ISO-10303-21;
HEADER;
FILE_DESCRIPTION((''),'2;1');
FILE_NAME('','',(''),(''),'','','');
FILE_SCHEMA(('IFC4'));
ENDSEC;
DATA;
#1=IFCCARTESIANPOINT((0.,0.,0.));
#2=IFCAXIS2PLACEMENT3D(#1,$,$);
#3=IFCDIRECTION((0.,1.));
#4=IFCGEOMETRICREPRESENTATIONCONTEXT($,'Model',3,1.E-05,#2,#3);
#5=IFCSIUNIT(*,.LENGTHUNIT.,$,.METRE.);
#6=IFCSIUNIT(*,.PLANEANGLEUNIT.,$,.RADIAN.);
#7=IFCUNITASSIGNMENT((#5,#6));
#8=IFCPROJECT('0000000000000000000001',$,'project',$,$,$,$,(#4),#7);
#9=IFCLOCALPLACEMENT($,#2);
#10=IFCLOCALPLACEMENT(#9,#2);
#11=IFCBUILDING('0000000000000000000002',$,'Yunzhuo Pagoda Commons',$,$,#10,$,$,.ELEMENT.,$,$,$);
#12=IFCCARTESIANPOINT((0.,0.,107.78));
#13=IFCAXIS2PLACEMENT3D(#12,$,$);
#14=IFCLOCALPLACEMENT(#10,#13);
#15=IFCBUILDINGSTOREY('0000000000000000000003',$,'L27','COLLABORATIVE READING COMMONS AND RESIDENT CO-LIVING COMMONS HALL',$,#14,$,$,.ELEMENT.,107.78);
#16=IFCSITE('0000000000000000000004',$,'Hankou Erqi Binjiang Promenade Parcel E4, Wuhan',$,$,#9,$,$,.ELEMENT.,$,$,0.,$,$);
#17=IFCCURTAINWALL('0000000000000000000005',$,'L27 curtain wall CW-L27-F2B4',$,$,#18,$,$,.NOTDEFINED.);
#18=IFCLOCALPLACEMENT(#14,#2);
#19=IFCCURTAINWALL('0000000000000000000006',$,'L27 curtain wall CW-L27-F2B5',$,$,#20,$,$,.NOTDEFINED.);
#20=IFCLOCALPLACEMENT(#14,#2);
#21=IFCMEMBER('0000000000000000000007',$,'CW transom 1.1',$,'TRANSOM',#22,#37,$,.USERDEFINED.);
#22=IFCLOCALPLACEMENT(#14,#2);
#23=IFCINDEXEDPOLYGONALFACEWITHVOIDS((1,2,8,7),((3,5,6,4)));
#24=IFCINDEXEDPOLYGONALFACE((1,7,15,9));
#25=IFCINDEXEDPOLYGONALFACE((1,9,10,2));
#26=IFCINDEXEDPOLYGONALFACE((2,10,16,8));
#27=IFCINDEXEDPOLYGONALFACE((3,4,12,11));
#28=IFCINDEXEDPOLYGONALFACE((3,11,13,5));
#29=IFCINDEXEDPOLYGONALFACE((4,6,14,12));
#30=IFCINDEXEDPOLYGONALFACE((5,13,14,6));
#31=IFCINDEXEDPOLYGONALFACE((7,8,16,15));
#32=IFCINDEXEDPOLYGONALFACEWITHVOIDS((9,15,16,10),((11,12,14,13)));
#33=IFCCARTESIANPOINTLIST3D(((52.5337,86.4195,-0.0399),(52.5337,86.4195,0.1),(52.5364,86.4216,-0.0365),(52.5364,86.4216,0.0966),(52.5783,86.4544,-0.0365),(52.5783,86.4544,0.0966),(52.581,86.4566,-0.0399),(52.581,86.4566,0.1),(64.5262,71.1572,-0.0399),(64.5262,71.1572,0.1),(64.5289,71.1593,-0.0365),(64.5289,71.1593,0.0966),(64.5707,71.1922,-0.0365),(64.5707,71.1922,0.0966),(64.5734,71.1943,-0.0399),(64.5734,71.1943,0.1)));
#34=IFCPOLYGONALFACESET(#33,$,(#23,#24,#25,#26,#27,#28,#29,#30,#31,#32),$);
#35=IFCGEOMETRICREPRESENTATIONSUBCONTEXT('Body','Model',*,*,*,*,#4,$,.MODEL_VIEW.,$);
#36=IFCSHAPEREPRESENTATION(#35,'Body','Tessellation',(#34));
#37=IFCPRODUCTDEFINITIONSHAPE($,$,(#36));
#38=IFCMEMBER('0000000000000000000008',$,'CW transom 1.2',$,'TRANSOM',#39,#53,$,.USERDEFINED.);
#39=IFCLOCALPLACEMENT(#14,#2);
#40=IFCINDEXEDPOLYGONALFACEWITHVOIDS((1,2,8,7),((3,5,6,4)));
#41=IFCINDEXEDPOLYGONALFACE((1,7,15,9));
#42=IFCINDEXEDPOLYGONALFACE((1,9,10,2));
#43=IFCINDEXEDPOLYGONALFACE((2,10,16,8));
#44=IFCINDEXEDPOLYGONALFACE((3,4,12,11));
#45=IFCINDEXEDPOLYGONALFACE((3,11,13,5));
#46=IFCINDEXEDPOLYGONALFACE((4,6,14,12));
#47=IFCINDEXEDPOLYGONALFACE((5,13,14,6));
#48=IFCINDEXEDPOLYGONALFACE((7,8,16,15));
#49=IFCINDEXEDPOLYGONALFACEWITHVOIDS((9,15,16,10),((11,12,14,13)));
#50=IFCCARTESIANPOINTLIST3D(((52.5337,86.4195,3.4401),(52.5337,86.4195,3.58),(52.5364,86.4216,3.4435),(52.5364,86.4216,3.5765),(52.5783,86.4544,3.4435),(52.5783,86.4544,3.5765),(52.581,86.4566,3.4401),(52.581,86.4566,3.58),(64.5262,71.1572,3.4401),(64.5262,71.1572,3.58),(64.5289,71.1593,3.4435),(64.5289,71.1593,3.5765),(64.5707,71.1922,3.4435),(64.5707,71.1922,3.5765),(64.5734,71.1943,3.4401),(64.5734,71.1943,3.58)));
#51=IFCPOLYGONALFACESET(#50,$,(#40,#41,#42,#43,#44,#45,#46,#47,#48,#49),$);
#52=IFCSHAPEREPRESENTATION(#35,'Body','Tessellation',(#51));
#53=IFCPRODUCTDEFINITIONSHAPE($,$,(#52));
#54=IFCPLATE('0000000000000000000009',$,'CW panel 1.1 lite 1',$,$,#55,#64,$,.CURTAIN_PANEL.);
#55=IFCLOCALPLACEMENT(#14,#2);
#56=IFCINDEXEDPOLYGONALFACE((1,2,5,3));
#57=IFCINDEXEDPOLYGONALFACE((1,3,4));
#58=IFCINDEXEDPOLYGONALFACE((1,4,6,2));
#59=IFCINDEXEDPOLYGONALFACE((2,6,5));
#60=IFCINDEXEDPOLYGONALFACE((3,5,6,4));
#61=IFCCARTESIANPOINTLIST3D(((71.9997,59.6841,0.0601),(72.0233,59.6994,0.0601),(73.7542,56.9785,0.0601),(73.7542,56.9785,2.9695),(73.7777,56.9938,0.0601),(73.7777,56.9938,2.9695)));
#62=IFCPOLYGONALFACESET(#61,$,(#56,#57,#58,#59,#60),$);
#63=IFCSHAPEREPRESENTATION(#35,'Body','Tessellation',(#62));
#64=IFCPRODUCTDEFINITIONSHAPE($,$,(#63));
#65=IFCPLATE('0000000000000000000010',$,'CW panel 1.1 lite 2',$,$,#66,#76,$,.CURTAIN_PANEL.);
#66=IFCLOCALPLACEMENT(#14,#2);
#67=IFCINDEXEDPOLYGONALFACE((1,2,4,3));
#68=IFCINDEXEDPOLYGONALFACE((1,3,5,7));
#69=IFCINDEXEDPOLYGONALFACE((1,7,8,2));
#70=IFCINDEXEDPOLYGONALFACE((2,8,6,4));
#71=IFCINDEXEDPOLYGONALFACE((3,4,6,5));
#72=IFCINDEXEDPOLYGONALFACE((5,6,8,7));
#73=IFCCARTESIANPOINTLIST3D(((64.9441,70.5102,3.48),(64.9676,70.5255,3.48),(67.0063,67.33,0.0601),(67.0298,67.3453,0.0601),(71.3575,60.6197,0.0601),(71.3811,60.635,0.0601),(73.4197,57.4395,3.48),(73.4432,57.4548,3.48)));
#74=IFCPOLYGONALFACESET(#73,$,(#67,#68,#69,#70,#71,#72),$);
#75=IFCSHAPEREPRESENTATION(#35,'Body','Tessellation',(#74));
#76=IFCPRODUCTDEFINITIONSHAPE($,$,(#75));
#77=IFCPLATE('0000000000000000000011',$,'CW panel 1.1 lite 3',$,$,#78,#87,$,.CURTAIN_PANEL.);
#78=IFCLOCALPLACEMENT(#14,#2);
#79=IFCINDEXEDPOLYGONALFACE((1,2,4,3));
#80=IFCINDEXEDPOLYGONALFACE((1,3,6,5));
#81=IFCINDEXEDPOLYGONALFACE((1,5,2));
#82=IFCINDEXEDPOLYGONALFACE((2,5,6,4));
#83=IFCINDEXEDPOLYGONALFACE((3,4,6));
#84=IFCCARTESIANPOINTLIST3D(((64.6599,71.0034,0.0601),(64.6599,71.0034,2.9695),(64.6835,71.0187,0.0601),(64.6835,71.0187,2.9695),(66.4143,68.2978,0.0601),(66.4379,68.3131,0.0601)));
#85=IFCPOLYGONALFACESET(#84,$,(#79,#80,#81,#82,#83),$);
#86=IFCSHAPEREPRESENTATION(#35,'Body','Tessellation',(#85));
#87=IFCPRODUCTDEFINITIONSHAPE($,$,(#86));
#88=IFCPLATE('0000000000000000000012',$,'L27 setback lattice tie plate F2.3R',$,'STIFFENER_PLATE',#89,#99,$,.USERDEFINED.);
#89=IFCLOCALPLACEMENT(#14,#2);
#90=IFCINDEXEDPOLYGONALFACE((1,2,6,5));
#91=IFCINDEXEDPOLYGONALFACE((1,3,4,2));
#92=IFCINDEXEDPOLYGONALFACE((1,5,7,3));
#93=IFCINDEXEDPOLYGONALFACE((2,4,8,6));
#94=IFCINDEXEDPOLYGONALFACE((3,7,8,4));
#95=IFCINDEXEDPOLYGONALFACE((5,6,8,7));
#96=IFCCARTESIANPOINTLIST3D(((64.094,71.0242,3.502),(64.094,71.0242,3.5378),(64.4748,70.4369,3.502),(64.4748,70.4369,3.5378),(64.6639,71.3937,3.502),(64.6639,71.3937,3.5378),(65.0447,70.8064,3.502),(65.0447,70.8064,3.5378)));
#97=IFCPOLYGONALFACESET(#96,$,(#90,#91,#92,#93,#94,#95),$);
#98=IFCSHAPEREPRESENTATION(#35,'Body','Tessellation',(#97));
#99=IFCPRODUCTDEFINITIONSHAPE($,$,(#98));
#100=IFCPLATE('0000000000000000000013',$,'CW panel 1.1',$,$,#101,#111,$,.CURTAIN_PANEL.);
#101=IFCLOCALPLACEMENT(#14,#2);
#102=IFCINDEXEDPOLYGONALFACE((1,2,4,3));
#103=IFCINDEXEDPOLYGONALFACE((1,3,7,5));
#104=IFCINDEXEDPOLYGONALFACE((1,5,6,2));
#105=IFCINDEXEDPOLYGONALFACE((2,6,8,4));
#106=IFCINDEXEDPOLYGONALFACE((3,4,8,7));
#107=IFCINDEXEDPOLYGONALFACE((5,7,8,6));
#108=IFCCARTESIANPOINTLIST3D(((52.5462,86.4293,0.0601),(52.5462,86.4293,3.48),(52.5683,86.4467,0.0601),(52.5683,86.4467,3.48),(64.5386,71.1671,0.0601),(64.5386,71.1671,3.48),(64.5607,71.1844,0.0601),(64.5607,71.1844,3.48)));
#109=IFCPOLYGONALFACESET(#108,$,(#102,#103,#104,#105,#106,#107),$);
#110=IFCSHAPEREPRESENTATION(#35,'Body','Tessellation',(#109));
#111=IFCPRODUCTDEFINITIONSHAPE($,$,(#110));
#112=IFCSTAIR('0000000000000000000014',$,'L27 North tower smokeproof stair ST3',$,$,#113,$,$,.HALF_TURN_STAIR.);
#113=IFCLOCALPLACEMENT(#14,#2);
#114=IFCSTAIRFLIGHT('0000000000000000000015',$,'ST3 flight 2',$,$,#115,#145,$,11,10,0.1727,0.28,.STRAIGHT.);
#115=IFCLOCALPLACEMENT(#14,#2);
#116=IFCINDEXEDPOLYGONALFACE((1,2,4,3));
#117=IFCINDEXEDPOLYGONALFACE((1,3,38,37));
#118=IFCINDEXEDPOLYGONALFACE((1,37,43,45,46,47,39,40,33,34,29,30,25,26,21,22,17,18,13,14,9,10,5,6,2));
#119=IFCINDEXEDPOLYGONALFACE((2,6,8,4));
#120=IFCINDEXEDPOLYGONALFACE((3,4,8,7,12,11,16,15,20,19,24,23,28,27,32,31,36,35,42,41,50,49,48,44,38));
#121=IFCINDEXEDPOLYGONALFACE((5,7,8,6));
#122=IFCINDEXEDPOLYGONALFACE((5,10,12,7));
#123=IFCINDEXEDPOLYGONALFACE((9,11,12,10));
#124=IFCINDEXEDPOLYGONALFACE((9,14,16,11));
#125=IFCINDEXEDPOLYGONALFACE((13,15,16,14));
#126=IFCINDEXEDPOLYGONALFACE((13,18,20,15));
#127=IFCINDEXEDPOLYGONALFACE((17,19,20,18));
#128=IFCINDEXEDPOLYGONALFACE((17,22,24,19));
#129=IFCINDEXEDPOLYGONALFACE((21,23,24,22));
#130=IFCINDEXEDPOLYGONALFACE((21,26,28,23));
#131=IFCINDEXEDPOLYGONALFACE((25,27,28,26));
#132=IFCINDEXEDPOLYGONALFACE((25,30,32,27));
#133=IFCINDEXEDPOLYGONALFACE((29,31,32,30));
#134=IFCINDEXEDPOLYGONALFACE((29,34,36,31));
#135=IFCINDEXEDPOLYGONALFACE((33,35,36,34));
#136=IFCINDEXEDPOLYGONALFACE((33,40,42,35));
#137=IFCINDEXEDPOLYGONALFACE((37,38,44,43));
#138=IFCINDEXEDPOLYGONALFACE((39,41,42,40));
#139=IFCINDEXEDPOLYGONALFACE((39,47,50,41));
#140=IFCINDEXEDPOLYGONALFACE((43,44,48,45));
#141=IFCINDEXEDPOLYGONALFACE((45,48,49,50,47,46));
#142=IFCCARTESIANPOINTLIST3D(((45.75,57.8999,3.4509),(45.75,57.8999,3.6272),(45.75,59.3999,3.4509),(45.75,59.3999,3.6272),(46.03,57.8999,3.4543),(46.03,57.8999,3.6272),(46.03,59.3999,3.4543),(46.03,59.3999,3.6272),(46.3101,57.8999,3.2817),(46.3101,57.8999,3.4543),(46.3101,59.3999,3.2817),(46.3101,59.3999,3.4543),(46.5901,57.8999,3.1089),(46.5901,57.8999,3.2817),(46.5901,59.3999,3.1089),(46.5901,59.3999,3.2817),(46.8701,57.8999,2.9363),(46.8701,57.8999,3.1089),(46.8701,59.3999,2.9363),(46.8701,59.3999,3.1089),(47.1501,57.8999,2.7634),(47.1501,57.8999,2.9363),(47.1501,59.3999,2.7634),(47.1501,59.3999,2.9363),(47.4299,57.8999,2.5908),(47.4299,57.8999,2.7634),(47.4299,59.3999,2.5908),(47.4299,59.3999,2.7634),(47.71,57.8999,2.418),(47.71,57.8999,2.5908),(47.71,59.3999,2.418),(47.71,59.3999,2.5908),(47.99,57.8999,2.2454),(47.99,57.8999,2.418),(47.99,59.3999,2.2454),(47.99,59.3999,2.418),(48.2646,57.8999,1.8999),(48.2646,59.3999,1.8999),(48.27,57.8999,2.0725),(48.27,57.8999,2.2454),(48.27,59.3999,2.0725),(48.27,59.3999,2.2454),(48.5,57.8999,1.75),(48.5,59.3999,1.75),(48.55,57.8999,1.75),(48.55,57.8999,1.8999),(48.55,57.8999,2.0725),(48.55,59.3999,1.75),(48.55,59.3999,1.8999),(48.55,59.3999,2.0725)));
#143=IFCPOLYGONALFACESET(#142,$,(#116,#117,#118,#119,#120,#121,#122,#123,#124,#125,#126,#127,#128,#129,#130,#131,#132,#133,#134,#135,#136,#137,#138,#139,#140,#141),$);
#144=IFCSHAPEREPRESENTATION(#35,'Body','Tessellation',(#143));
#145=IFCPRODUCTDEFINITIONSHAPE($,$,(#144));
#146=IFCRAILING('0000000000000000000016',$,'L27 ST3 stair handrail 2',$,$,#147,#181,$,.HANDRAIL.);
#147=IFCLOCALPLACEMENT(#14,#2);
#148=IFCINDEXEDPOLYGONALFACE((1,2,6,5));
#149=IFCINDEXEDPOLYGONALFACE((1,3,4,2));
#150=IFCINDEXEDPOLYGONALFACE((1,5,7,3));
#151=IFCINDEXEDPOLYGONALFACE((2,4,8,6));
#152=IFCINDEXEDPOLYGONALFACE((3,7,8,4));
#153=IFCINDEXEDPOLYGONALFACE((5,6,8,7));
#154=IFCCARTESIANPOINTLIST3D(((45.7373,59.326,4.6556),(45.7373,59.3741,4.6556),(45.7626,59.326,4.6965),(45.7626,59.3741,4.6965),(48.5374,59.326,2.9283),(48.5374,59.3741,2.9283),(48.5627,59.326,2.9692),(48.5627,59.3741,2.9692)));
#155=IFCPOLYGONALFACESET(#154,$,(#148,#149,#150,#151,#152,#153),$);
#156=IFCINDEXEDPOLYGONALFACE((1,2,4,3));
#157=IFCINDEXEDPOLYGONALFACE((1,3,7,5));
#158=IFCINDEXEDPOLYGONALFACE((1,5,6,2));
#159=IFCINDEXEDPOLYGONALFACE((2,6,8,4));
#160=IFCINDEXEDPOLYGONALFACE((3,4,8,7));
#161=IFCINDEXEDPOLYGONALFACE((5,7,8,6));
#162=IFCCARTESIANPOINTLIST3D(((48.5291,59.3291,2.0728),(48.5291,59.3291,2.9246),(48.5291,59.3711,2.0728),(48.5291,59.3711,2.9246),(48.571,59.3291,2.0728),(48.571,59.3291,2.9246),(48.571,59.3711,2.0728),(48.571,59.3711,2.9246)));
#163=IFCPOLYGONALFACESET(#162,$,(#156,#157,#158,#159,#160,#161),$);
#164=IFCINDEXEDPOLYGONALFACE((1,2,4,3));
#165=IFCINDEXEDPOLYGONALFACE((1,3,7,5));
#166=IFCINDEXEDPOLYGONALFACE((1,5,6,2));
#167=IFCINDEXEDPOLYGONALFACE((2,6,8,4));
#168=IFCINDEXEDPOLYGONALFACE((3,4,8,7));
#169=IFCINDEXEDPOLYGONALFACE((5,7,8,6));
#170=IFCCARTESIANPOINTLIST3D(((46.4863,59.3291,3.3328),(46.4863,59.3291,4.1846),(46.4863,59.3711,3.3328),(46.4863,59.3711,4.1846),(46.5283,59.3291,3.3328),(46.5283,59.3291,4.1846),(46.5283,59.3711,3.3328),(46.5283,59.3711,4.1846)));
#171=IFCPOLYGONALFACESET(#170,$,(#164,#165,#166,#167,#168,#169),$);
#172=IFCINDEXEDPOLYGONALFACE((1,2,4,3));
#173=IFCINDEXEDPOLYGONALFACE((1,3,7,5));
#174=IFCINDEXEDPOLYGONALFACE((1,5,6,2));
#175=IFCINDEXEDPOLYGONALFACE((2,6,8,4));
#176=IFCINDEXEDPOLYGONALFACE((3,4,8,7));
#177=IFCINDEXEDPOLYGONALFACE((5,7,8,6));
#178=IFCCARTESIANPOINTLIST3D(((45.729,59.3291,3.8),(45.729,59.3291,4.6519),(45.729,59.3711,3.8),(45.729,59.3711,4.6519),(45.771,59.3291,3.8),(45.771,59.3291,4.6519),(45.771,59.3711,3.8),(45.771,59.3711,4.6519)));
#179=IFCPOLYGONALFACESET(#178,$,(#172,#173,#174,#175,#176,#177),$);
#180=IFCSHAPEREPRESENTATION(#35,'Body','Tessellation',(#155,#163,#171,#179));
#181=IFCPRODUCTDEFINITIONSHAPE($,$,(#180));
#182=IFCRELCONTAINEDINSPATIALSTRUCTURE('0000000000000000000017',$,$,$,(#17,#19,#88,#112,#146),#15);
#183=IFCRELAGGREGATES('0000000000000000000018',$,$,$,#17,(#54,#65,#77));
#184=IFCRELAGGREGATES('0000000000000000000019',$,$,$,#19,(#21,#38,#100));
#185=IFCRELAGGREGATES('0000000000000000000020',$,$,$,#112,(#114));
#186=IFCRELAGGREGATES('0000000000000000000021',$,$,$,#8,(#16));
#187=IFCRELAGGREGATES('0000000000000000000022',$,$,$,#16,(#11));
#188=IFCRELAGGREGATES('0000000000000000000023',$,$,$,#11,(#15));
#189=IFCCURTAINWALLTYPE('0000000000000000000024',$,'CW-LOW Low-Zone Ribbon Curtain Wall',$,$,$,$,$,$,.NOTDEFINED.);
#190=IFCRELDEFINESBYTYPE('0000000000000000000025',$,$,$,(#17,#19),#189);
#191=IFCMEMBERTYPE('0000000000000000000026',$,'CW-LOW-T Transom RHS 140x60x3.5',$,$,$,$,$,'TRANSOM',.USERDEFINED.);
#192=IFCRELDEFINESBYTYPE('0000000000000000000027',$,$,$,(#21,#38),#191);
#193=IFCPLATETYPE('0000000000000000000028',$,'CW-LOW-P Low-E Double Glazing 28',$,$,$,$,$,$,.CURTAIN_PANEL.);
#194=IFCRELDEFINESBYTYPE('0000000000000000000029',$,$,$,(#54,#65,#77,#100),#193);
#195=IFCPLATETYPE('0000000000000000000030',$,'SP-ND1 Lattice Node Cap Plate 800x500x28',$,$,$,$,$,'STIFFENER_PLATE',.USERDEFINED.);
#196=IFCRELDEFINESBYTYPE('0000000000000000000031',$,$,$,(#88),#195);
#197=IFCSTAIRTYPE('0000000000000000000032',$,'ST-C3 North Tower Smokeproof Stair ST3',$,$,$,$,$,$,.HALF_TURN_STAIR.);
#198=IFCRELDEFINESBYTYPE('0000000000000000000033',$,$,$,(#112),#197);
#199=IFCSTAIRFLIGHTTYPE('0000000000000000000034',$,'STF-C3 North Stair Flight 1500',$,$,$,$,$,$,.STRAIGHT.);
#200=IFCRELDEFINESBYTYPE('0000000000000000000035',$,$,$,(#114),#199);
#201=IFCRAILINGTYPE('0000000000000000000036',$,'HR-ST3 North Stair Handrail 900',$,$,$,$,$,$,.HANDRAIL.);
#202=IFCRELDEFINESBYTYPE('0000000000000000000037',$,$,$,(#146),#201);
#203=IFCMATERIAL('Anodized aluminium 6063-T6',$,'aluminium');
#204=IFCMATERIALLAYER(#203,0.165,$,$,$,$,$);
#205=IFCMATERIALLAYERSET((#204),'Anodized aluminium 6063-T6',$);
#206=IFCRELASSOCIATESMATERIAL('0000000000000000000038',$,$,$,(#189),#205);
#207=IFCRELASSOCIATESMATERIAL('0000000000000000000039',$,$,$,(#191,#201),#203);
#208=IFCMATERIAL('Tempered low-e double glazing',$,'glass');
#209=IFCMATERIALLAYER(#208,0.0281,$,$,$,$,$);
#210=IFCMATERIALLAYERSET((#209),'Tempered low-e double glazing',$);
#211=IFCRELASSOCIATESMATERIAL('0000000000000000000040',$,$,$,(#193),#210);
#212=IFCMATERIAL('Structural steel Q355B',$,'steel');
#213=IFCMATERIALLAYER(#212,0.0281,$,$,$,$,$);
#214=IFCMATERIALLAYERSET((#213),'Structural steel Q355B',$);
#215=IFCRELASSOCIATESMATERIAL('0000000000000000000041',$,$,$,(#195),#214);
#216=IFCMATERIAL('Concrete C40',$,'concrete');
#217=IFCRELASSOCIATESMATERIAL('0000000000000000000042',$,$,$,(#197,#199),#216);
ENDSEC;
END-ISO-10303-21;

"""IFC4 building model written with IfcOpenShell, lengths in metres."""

from ifc_helpers import new_model, si_unit, direction, frame, origin, origin_2d, place, context, subcontext, project, spatial, polyline, rectangle, hollow_rectangle, outline, extrude, source, transform, mapped, material, layer, layer_set, material_profile, profile_set, type_object, element, aggregate, save


model = new_model("IFC4")

# Units and contexts
model_context = context("Model", 3, precision=1e-05, world=origin(), true_north=direction((0.0, 1.0)))
body_context = subcontext(model_context, "Body", "Model", "MODEL_VIEW")
ifc_project = project(units=[si_unit("LENGTHUNIT", "METRE"), si_unit("PLANEANGLEUNIT", "RADIAN")], contexts=[model_context])

# Site, building, storey
site_placement = place(None, origin())
site = spatial("IfcSite", under=ifc_project, at=site_placement, Name="Hankou Erqi Binjiang Promenade Parcel E4, Wuhan", CompositionType="ELEMENT", RefElevation=0.0)
building_placement = place(site_placement, origin())
building = spatial("IfcBuilding", under=site, at=building_placement, Name="Yunzhuo Pagoda Commons", CompositionType="ELEMENT")
storey_placement = place(building_placement, frame((0.0, 0.0, 107.78)))
storey = spatial("IfcBuildingStorey", under=building, at=storey_placement, Name="L27", Description="COLLABORATIVE READING COMMONS AND RESIDENT CO-LIVING COMMONS HALL", CompositionType="ELEMENT", Elevation=107.78)

# Shared definitions
ifc_material_1 = material(Name="Structural steel Q355B", Category="steel")

# Curtain wall
ifc_material_2 = material(Name="Anodized aluminium 6063-T6", Category="aluminium")
ifc_layer_1 = layer(ifc_material_2, 0.165)
ifc_layer_set_1 = layer_set([ifc_layer_1], Name="Anodized aluminium 6063-T6")
curtain_wall_type = type_object("IfcCurtainWallType", Name="CW-LOW Low-Zone Ribbon Curtain Wall", PredefinedType="NOTDEFINED", material=ifc_layer_set_1)
curtain_wall_1_placement = place(storey_placement, origin())
curtain_wall_1 = element("IfcCurtainWall", 1, at=curtain_wall_1_placement, inside=storey, type_object=curtain_wall_type, Name="L27 curtain wall CW-L27-F2B4", PredefinedType="NOTDEFINED")

# Curtain wall, members
curtain_wall_2_placement = place(storey_placement, origin())
curtain_wall_2 = element("IfcCurtainWall", 2, at=curtain_wall_2_placement, inside=storey, type_object=curtain_wall_type, Name="L27 curtain wall CW-L27-F2B5", PredefinedType="NOTDEFINED")
ifc_material_profile_1 = material_profile(ifc_material_2, hollow_rectangle(XDim=0.0601, YDim=0.1399, WallThickness=0.0034, at=origin_2d()), Name="Anodized aluminium 6063-T6")
ifc_profile_set_1 = profile_set([ifc_material_profile_1], Name="Anodized aluminium 6063-T6")
member_type_1 = type_object("IfcMemberType", Name="CW-LOW-T Transom RHS 140x60x3.5", ElementType="TRANSOM", PredefinedType="USERDEFINED", material=ifc_profile_set_1)
shared_shape_1 = source(origin(), body_context, "Body", "SweptSolid", [
    extrude(hollow_rectangle(XDim=0.0601, YDim=0.1399, WallThickness=0.0034, at=origin_2d()), origin(), (0.0, 0.0, 1.0), 19.4102),
])
member_1_placement = place(storey_placement, frame((64.5498, 71.1758, 0.03), z_axis=(-0.617844, 0.786301, 0.0), x_axis=(-0.786301, -0.617844, 0.0)))
member_1 = element("IfcMember", 3, at=member_1_placement, type_object=member_type_1, Name="CW transom 1.1", ObjectType="TRANSOM", PredefinedType="USERDEFINED", context=body_context, shape_type="MappedRepresentation", body=[
    mapped(shared_shape_1, transform((0.0, 0.0, 0.0), scale=1.0)),
])
member_2_placement = place(storey_placement, frame((64.5498, 71.1758, 3.51), z_axis=(-0.617844, 0.786301, 0.0), x_axis=(-0.786301, -0.617844, 0.0)))
member_2 = element("IfcMember", 4, at=member_2_placement, type_object=member_type_1, Name="CW transom 1.2", ObjectType="TRANSOM", PredefinedType="USERDEFINED", context=body_context, shape_type="MappedRepresentation", body=[
    mapped(shared_shape_1, transform((0.0, 0.0, 0.0), scale=1.0)),
])

# Plates
ifc_material_3 = material(Name="Tempered low-e double glazing", Category="glass")
ifc_layer_2 = layer(ifc_material_3, 0.0281)
ifc_layer_set_2 = layer_set([ifc_layer_2], Name="Tempered low-e double glazing")
plate_type_1 = type_object("IfcPlateType", Name="CW-LOW-P Low-E Double Glazing 28", PredefinedType="CURTAIN_PANEL", material=ifc_layer_set_2)
plate_1_placement = place(storey_placement, frame((72.877, 58.3313, 1.5146), z_axis=(0.83904, 0.54407, 0.0), x_axis=(-0.54407, 0.83904, 0.0)))
plate_1 = element("IfcPlate", 5, at=plate_1_placement, type_object=plate_type_1, Name="CW panel 1.1 lite 1", PredefinedType="CURTAIN_PANEL", context=body_context, shape_type="SweptSolid", body=[
    extrude(outline(polyline([(-1.6123, -1.4546), (1.6123, -1.4546), (-1.6123, 1.4548), (-1.6123, -1.4546)])), origin(), (0.0, 0.0, 1.0), 0.0281),
])
plate_2_placement = place(storey_placement, frame((69.1819, 63.9749, 1.77), z_axis=(0.83904, 0.54407, 0.0), x_axis=(-0.54407, 0.83904, 0.0)))
plate_2 = element("IfcPlate", 6, at=plate_2_placement, type_object=plate_type_1, Name="CW panel 1.1 lite 2", PredefinedType="CURTAIN_PANEL", context=body_context, shape_type="SweptSolid", body=[
    extrude(outline(polyline([(-7.7891, 1.71), (-3.9988, -1.71), (3.9988, -1.71), (7.7891, 1.71), (-7.7891, 1.71)])), origin(), (0.0, 0.0, 1.0), 0.0281),
])
plate_3_placement = place(storey_placement, frame((65.5371, 69.6506, 1.5146), z_axis=(0.83904, 0.54407, 0.0), x_axis=(-0.54407, 0.83904, 0.0)))
plate_3 = element("IfcPlate", 7, at=plate_3_placement, type_object=plate_type_1, Name="CW panel 1.1 lite 3", PredefinedType="CURTAIN_PANEL", context=body_context, shape_type="SweptSolid", body=[
    extrude(outline(polyline([(-1.6123, -1.4546), (1.6123, -1.4546), (1.6123, 1.4548), (-1.6123, -1.4546)])), origin(), (0.0, 0.0, 1.0), 0.0281),
])
aggregate(curtain_wall_1, [plate_1, plate_2, plate_3])
ifc_layer_3 = layer(ifc_material_1, 0.0281)
ifc_layer_set_3 = layer_set([ifc_layer_3], Name="Structural steel Q355B")
plate_type_2 = type_object("IfcPlateType", Name="SP-ND1 Lattice Node Cap Plate 800x500x28", ElementType="STIFFENER_PLATE", PredefinedType="USERDEFINED", material=ifc_layer_set_3)
shared_shape_2 = source(origin(), body_context, "Body", "SweptSolid", [
    extrude(rectangle(XDim=0.7, YDim=0.6792, at=origin_2d()), origin(), (0.0, 0.0, 1.0), 0.0359),
])
plate_4_placement = place(storey_placement, frame((64.5693, 70.9153, 3.502), z_axis=(0.0, 0.0, 1.0), x_axis=(-0.544068, 0.839041, 0.0)))
element("IfcPlate", 8, at=plate_4_placement, inside=storey, type_object=plate_type_2, Name="L27 setback lattice tie plate F2.3R", ObjectType="STIFFENER_PLATE", PredefinedType="USERDEFINED", context=body_context, shape_type="MappedRepresentation", body=[
    mapped(shared_shape_2, transform((0.0, 0.0, 0.0), scale=1.0)),
])
shared_shape_3 = source(origin(), body_context, "Body", "SweptSolid", [
    extrude(rectangle(XDim=19.4102, YDim=0.0281, at=origin_2d()), origin(), (0.0, 0.0, 1.0), 3.4199),
])
plate_5_placement = place(storey_placement, frame((58.5535, 78.8069, 0.0601), z_axis=(0.0, 0.0, 1.0), x_axis=(-0.617843, 0.786301, 0.0)))
plate_5 = element("IfcPlate", 9, at=plate_5_placement, type_object=plate_type_1, Name="CW panel 1.1", PredefinedType="CURTAIN_PANEL", context=body_context, shape_type="MappedRepresentation", body=[
    mapped(shared_shape_3, transform((0.0, 0.0, 0.0), scale=1.0)),
])
aggregate(curtain_wall_2, [member_1, member_2, plate_5])

# Stair, stair flight
ifc_material_4 = material(Name="Concrete C40", Category="concrete")
stair_type = type_object("IfcStairType", Name="ST-C3 North Tower Smokeproof Stair ST3", PredefinedType="HALF_TURN_STAIR", material=ifc_material_4)
stair_placement = place(storey_placement, origin())
stair = element("IfcStair", 10, at=stair_placement, inside=storey, type_object=stair_type, Name="L27 North tower smokeproof stair ST3", PredefinedType="HALF_TURN_STAIR")
stair_flight_type = type_object("IfcStairFlightType", Name="STF-C3 North Stair Flight 1500", PredefinedType="STRAIGHT", material=ifc_material_4)
shared_shape_4 = source(origin(), body_context, "Body", "SweptSolid", [
    extrude(outline(polyline([(0.0, -0.1499), (0.0, 0.0), (0.0, 0.1726), (0.28, 0.1726), (0.28, 0.3455), (0.5601, 0.3455), (0.5601, 0.5181), (0.8401, 0.5181), (0.8401, 0.6909), (1.1201, 0.6909), (1.1201, 0.8635), (1.3999, 0.8635), (1.3999, 1.0364), (1.6799, 1.0364), (1.6799, 1.209), (1.96, 1.209), (1.96, 1.3818), (2.24, 1.3818), (2.24, 1.5544), (2.52, 1.5544), (2.52, 1.7273), (2.8, 1.7273), (2.8, 1.8999), (2.8, 1.551), (0.2854, 0.0), (0.05, -0.1499), (0.0, -0.1499)])), frame((0.0, 0.75, 0.0), z_axis=(0.0, -1.0, 0.0), x_axis=(1.0, 0.0, 0.0)), (0.0, 0.0, 1.0), 1.5),
])
stair_flight_placement = place(storey_placement, frame((48.55, 58.6499, 1.8999), z_axis=(0.0, 0.0, 1.0), x_axis=(-1.0, 0.0, 0.0)))
stair_flight = element("IfcStairFlight", 11, at=stair_flight_placement, type_object=stair_flight_type, Name="ST3 flight 2", NumberOfRisers=11, NumberOfTreads=10, PredefinedType="STRAIGHT", RiserHeight=0.1727, TreadLength=0.28, context=body_context, shape_type="MappedRepresentation", body=[
    mapped(shared_shape_4, transform((0.0, 0.0, 0.0), scale=1.0)),
])
aggregate(stair, [stair_flight])

# Railing
railing_type_1 = type_object("IfcRailingType", Name="HR-ST3 North Stair Handrail 900", PredefinedType="HANDRAIL", material=ifc_material_2)
railing_1_placement = place(storey_placement, frame((48.55, 59.3501, 2.0728)))
element("IfcRailing", 12, at=railing_1_placement, inside=storey, type_object=railing_type_1, Name="L27 ST3 stair handrail 2", PredefinedType="HANDRAIL", context=body_context, shape_type="SweptSolid", body=[
    extrude(rectangle(XDim=0.0481, YDim=0.0481, at=origin_2d()), frame((0.0, 0.0, 0.876), z_axis=(-0.85109, 0.0, 0.52502), x_axis=(0.0, -1.0, 0.0)), (0.0, 0.0, 1.0), 3.29),
    extrude(rectangle(XDim=0.042, YDim=0.042, at=origin_2d()), origin(), (0.0, 0.0, 1.0), 0.8518),
    extrude(rectangle(XDim=0.042, YDim=0.042, at=origin_2d()), frame((-2.0427, 0.0, 1.26)), (0.0, 0.0, 1.0), 0.8518),
    extrude(rectangle(XDim=0.042, YDim=0.042, at=origin_2d()), frame((-2.8, 0.0, 1.7273)), (0.0, 0.0, 1.0), 0.8518),
])

save(model, "model.ifc")
